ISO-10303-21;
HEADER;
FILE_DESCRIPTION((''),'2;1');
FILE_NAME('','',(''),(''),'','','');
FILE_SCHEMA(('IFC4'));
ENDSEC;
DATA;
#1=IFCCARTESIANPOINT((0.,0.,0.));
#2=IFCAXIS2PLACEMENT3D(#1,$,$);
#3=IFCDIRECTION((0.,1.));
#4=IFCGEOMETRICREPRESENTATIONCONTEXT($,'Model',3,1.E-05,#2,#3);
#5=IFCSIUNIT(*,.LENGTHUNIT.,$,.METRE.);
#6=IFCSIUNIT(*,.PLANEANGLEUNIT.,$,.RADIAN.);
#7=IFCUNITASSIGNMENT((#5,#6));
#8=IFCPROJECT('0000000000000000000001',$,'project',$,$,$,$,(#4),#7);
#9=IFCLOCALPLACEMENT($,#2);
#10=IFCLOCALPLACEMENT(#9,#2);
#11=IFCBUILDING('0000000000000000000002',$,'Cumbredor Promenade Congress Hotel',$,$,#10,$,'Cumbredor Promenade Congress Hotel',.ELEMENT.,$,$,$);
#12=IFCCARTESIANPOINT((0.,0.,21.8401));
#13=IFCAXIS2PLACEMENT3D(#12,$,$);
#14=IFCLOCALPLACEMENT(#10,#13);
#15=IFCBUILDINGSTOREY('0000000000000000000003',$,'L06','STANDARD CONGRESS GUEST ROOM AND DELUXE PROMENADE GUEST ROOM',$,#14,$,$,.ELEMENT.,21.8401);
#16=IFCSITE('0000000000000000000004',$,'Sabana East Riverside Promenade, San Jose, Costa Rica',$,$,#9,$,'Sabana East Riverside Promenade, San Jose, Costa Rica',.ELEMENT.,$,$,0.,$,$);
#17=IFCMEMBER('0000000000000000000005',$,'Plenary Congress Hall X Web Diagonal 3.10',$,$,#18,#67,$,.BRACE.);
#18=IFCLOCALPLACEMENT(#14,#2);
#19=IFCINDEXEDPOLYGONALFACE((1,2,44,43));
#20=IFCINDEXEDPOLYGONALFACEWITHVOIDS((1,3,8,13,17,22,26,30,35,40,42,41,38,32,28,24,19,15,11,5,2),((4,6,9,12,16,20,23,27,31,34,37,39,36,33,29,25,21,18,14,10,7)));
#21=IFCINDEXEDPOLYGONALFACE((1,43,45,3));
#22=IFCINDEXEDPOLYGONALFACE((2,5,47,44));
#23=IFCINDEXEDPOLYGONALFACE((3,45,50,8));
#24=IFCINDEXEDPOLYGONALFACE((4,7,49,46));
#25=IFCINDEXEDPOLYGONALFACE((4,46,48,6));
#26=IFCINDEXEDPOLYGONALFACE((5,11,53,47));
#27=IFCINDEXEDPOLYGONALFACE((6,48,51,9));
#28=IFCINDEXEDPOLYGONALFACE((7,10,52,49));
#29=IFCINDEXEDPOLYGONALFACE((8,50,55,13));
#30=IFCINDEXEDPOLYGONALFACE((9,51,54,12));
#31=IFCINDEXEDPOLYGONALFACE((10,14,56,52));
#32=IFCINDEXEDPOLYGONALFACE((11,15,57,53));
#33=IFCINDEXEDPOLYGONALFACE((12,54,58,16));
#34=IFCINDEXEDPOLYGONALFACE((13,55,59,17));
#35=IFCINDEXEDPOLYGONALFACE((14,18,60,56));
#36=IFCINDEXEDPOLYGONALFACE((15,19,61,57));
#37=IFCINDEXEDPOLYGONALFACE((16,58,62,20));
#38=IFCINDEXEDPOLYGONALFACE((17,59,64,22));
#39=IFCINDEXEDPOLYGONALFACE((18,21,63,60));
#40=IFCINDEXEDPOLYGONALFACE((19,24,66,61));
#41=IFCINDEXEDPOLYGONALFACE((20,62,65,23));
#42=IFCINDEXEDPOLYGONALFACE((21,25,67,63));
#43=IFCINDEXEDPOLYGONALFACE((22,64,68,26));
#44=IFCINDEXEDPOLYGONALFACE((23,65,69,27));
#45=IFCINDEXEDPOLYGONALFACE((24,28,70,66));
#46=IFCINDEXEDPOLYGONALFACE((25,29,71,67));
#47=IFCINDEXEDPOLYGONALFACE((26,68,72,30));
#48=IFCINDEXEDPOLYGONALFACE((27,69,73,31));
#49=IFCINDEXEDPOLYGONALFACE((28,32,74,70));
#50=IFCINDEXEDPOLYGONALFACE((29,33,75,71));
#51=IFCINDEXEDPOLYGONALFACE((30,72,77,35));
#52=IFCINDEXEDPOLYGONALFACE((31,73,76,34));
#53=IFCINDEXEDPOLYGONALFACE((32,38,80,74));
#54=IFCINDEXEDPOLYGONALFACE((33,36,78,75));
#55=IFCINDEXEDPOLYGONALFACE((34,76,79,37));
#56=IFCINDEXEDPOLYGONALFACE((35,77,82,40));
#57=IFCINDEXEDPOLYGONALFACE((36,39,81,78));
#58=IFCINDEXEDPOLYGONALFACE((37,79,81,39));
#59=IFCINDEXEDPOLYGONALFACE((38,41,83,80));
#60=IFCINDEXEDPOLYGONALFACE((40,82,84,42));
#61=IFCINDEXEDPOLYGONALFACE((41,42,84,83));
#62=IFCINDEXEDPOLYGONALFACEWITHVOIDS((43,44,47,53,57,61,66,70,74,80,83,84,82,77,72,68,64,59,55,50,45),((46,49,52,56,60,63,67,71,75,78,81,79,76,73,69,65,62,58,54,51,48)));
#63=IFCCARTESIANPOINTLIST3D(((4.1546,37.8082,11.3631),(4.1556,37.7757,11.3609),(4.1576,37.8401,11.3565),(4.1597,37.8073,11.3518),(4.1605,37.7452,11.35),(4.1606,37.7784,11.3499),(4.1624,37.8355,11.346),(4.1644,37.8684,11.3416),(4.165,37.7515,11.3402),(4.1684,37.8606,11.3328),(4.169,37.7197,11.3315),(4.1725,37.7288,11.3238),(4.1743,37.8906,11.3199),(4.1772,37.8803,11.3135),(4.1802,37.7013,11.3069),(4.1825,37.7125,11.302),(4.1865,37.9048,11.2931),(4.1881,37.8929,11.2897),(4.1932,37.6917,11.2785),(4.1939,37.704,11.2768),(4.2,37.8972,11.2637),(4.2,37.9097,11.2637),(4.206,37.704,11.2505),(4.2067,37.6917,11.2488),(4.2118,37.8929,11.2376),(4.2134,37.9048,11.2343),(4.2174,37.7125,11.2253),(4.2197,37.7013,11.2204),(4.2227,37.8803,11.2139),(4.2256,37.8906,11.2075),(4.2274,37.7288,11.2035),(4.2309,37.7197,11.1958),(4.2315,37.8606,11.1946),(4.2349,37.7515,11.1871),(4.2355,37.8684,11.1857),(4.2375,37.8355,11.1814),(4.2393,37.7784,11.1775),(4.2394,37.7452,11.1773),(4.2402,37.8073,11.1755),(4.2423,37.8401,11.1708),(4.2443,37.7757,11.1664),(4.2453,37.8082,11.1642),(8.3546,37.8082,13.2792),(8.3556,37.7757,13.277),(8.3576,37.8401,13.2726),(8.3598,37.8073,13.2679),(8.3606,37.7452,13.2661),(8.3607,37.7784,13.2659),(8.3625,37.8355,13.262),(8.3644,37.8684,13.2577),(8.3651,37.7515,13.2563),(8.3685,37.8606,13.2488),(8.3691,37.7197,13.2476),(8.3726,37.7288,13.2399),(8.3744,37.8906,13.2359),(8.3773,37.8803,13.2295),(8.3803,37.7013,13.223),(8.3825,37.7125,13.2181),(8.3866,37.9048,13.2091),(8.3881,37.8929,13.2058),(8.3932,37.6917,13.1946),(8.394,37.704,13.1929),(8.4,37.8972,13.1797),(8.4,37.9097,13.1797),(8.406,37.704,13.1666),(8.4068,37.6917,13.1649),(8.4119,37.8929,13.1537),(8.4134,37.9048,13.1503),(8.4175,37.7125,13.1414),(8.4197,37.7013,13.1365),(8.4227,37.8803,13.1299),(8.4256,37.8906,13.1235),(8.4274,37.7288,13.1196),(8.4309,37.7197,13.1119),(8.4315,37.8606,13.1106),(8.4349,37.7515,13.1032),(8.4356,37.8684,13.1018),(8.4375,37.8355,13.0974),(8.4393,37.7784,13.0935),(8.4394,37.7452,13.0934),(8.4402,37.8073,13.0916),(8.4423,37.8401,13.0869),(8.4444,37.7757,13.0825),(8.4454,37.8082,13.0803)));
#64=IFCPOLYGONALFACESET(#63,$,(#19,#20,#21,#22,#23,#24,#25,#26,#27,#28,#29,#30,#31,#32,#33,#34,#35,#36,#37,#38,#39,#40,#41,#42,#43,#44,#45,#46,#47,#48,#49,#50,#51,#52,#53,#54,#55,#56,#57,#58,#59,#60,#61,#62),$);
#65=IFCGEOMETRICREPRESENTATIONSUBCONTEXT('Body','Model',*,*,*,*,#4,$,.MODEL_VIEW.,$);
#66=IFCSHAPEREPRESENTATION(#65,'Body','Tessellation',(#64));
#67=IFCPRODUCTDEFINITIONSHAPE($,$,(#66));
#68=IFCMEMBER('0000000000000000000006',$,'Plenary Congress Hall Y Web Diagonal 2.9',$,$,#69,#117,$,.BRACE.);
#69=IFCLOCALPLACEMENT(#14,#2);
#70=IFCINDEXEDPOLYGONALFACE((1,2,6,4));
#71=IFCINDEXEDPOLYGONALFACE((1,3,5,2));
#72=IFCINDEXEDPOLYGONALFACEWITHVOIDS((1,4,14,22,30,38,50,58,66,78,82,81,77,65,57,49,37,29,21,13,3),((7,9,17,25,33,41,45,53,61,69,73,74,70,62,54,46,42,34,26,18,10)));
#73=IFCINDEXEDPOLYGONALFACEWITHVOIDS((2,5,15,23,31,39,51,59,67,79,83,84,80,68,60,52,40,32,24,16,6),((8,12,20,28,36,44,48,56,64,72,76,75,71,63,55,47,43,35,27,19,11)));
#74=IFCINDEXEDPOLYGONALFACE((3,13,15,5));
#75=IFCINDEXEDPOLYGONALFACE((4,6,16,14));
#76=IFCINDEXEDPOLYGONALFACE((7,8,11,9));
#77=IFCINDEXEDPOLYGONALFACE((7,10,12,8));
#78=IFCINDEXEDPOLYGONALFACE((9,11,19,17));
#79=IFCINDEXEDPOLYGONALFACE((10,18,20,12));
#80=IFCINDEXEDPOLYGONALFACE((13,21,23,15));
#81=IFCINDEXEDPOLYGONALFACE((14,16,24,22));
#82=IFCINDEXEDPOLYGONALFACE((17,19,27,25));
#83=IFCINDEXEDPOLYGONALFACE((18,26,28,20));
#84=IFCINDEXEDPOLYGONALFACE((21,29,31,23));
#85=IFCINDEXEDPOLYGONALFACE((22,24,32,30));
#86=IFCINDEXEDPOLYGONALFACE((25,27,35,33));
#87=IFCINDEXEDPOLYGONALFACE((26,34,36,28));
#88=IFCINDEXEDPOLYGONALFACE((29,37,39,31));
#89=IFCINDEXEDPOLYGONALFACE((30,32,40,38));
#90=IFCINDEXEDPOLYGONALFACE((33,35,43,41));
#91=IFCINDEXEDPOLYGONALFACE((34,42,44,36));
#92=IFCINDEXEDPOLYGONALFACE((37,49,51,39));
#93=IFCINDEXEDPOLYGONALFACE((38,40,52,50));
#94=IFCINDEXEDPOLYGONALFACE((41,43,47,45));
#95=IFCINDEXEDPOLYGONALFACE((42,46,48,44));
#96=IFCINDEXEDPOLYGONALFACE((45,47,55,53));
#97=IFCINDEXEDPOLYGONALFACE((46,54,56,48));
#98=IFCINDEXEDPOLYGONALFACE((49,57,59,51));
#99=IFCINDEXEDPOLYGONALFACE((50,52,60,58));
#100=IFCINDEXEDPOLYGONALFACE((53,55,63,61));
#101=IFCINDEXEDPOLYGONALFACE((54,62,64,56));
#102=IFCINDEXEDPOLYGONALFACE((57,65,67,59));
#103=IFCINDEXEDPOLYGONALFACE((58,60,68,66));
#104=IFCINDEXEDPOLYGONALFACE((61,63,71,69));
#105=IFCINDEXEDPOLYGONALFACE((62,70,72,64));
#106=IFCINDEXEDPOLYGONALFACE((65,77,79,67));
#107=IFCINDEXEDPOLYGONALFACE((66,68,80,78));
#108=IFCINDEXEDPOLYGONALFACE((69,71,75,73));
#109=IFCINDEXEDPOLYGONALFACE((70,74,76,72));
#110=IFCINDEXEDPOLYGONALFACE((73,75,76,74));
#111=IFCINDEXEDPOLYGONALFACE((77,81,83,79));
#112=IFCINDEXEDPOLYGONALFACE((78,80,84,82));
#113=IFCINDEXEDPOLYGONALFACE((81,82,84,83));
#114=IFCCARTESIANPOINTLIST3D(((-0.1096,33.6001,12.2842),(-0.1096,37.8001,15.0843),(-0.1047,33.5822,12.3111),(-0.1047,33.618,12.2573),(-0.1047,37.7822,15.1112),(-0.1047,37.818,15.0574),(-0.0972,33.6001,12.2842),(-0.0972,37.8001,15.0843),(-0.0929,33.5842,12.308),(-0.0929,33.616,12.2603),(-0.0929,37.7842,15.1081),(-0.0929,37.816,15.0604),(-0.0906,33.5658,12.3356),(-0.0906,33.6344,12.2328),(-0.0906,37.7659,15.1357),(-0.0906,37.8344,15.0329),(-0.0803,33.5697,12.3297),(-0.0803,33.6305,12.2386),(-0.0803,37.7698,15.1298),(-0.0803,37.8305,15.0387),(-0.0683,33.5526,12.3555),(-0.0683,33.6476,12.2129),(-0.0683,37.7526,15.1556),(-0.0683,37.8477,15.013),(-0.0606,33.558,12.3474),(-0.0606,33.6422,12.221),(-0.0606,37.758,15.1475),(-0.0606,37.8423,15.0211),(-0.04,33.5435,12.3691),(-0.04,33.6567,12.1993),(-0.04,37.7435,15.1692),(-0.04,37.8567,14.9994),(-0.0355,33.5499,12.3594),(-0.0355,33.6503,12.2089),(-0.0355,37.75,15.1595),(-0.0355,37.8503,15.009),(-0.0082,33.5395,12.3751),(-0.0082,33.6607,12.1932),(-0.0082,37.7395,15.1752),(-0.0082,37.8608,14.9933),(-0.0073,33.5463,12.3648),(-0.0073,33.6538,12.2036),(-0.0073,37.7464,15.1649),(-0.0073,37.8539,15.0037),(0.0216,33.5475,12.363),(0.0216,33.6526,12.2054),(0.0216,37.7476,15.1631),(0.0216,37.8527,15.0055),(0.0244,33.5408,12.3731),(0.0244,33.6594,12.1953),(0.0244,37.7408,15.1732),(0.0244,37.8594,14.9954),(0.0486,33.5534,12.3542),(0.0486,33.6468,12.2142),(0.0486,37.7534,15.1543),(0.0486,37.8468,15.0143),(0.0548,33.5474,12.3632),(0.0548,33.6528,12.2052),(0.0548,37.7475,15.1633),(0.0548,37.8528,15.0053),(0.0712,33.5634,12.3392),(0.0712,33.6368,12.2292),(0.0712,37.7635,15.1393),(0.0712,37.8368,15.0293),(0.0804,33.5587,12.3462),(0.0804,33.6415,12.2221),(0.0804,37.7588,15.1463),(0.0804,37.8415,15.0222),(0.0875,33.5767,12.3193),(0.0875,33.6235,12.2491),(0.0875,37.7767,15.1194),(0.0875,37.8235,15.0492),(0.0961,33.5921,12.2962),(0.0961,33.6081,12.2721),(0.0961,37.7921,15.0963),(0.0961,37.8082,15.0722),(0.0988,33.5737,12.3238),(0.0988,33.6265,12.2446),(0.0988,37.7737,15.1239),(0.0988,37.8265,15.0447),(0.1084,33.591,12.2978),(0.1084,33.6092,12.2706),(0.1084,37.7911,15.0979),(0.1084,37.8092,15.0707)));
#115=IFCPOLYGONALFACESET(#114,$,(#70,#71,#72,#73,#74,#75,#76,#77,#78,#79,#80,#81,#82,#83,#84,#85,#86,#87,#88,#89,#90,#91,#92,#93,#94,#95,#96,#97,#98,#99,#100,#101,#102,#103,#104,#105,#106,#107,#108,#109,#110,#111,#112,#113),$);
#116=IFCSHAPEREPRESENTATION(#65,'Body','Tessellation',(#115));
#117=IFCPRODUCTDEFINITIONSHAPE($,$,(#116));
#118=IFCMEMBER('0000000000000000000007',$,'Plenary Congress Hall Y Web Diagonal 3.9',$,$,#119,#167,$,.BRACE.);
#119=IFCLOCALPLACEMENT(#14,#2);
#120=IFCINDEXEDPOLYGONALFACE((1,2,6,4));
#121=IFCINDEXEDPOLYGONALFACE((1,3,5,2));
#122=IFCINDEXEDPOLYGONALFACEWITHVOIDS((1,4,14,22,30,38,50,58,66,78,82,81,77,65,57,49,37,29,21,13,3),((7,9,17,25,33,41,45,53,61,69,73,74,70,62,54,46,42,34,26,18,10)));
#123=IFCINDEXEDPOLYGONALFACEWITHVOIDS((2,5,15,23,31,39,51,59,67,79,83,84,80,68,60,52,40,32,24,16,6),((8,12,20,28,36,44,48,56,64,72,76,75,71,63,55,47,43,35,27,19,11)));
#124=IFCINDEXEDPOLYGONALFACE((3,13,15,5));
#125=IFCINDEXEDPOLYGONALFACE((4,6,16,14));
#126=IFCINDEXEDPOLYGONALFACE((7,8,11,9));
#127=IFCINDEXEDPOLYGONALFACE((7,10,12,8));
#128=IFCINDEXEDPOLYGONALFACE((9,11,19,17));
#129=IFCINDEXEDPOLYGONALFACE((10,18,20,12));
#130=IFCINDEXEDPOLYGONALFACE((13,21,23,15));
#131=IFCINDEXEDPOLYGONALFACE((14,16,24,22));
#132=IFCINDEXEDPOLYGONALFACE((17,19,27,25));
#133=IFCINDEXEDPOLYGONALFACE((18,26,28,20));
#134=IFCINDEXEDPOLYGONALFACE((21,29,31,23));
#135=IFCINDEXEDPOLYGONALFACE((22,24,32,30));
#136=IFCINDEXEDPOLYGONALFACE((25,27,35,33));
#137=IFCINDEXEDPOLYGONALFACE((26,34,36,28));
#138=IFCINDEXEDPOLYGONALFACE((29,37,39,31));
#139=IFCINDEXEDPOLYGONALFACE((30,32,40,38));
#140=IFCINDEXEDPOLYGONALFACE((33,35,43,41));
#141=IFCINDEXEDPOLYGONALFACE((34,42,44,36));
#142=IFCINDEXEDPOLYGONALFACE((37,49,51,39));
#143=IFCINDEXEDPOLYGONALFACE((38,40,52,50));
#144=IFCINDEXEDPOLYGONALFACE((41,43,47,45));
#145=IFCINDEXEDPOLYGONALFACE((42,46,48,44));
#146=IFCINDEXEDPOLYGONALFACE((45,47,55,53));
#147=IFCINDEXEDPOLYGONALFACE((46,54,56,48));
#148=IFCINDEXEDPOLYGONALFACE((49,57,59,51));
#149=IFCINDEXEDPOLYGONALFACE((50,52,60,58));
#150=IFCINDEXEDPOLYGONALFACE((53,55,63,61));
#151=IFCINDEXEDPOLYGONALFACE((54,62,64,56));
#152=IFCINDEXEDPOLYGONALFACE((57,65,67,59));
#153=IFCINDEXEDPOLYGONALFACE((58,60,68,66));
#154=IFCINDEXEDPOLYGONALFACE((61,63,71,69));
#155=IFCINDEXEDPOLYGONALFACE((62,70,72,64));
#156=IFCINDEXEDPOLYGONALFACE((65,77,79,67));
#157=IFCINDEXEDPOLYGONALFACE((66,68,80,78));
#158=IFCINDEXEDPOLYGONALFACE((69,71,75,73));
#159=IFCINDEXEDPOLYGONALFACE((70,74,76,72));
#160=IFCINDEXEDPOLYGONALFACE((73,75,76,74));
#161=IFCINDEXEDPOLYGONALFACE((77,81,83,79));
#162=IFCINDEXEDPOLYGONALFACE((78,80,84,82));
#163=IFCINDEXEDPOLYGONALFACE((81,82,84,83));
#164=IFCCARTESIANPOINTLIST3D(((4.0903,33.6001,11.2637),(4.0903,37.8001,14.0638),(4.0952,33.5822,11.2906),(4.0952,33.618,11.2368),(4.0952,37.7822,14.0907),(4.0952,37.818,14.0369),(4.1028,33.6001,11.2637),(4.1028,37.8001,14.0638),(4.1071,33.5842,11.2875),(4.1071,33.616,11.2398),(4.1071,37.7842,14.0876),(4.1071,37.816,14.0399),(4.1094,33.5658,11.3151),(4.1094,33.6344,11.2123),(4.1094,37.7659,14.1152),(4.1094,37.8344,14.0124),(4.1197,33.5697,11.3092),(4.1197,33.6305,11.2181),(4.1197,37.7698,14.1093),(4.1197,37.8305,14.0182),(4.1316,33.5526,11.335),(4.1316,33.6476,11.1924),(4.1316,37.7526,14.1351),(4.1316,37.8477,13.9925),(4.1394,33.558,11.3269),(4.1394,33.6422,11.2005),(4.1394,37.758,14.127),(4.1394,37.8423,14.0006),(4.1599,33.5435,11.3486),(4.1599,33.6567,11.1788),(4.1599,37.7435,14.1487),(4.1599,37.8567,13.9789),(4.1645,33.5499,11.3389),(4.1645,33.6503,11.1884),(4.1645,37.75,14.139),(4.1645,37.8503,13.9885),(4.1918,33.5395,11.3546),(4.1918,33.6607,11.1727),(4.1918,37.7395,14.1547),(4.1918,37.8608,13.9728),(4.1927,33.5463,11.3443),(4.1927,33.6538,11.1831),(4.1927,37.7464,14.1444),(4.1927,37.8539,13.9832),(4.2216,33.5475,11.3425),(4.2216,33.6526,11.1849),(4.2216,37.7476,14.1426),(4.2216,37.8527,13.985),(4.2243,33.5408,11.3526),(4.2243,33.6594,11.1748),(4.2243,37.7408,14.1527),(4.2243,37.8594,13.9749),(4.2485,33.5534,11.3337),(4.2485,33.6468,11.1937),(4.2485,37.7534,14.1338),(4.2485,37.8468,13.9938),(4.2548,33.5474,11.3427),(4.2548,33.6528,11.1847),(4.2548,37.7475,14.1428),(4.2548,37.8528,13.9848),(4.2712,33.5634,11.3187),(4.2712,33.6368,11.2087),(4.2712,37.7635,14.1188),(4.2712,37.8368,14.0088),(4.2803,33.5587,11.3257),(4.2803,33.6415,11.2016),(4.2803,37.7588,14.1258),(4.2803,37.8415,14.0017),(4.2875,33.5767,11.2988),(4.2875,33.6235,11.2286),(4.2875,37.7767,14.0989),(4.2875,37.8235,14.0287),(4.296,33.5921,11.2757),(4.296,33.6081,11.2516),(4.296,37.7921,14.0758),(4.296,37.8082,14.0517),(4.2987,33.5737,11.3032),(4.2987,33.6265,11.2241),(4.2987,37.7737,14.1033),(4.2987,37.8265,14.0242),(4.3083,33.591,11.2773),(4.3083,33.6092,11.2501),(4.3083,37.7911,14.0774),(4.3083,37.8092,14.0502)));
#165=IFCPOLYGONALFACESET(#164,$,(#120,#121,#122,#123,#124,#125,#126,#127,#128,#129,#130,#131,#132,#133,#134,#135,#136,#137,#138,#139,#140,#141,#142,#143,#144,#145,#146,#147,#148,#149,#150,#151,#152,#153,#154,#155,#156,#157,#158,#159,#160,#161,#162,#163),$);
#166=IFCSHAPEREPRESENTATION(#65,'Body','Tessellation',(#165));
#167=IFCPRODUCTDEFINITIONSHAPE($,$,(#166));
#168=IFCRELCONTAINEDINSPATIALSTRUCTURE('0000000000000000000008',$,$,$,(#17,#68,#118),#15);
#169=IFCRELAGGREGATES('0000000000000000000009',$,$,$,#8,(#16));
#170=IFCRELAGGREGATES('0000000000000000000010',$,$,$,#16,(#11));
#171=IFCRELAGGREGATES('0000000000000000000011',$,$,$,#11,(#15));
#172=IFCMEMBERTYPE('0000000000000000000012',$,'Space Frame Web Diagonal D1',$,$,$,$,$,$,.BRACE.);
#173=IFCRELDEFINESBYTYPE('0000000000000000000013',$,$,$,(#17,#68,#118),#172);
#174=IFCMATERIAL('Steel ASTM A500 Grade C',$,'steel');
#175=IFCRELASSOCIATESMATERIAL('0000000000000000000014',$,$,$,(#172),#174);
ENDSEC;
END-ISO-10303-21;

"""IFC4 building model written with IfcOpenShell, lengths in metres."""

from ifc_helpers import new_model, si_unit, direction, frame, origin, origin_2d, place, context, subcontext, project, spatial, hollow_circle, extrude, material, material_profile, profile_set, type_object, element, save


model = new_model("IFC4")

# Units and contexts
model_context = context("Model", 3, precision=1e-05, world=origin(), true_north=direction((0.0, 1.0)))
body_context = subcontext(model_context, "Body", "Model", "MODEL_VIEW")
ifc_project = project(units=[si_unit("LENGTHUNIT", "METRE"), si_unit("PLANEANGLEUNIT", "RADIAN")], contexts=[model_context])

# Site, building, storey
site_placement = place(None, origin())
site = spatial("IfcSite", under=ifc_project, at=site_placement, Name="Sabana East Riverside Promenade, San Jose, Costa Rica", LongName="Sabana East Riverside Promenade, San Jose, Costa Rica", CompositionType="ELEMENT", RefElevation=0.0)
building_placement = place(site_placement, origin())
building = spatial("IfcBuilding", under=site, at=building_placement, Name="Cumbredor Promenade Congress Hotel", LongName="Cumbredor Promenade Congress Hotel", CompositionType="ELEMENT")
storey_placement = place(building_placement, frame((0.0, 0.0, 21.8401)))
storey = spatial("IfcBuildingStorey", under=building, at=storey_placement, Name="L06", Description="STANDARD CONGRESS GUEST ROOM AND DELUXE PROMENADE GUEST ROOM", CompositionType="ELEMENT", Elevation=21.8401)

# Members
ifc_material_1 = material(Name="Steel ASTM A500 Grade C", Category="steel")
ifc_material_profile_1 = material_profile(ifc_material_1, hollow_circle(Radius=0.1096, WallThickness=0.0125, at=origin_2d()), Name="CHS 219.1x12.5")
ifc_profile_set_1 = profile_set([ifc_material_profile_1], Name="Steel ASTM A500 Grade C")
member_type_1 = type_object("IfcMemberType", Name="Space Frame Web Diagonal D1", PredefinedType="BRACE", material=ifc_profile_set_1)
for number, where, z_axis, x_axis, name in (
    (1, (4.2, 37.8, 11.2637), (0.909799, 0.0, 0.41505), (0.0, 1.0, 0.0), "Plenary Congress Hall X Web Diagonal 3.10"),
):
    element("IfcMember", number, at=place(storey_placement, frame(where, z_axis=z_axis, x_axis=x_axis)), inside=storey, type_object=member_type_1, Name=name, PredefinedType="BRACE", context=body_context, shape_type="SweptSolid", body=[
        extrude(hollow_circle(Radius=0.1096, WallThickness=0.0125, at=origin_2d()), origin(), (0.0, 0.0, 1.0), 4.6165),
    ])
for number, where, z_axis, x_axis, name in (
    (2, (0.0, 33.6001, 12.2842), (0.0, 0.832043, 0.554711), (-1.0, 0.0, 0.0), "Plenary Congress Hall Y Web Diagonal 2.9"),
    (3, (4.2, 33.6001, 11.2637), (0.0, 0.832043, 0.554711), (-1.0, 0.0, 0.0), "Plenary Congress Hall Y Web Diagonal 3.9"),
):
    element("IfcMember", number, at=place(storey_placement, frame(where, z_axis=z_axis, x_axis=x_axis)), inside=storey, type_object=member_type_1, Name=name, PredefinedType="BRACE", context=body_context, shape_type="SweptSolid", body=[
        extrude(hollow_circle(Radius=0.1096, WallThickness=0.0125, at=origin_2d()), origin(), (0.0, 0.0, 1.0), 5.0479),
    ])

save(model, "model.ifc")
